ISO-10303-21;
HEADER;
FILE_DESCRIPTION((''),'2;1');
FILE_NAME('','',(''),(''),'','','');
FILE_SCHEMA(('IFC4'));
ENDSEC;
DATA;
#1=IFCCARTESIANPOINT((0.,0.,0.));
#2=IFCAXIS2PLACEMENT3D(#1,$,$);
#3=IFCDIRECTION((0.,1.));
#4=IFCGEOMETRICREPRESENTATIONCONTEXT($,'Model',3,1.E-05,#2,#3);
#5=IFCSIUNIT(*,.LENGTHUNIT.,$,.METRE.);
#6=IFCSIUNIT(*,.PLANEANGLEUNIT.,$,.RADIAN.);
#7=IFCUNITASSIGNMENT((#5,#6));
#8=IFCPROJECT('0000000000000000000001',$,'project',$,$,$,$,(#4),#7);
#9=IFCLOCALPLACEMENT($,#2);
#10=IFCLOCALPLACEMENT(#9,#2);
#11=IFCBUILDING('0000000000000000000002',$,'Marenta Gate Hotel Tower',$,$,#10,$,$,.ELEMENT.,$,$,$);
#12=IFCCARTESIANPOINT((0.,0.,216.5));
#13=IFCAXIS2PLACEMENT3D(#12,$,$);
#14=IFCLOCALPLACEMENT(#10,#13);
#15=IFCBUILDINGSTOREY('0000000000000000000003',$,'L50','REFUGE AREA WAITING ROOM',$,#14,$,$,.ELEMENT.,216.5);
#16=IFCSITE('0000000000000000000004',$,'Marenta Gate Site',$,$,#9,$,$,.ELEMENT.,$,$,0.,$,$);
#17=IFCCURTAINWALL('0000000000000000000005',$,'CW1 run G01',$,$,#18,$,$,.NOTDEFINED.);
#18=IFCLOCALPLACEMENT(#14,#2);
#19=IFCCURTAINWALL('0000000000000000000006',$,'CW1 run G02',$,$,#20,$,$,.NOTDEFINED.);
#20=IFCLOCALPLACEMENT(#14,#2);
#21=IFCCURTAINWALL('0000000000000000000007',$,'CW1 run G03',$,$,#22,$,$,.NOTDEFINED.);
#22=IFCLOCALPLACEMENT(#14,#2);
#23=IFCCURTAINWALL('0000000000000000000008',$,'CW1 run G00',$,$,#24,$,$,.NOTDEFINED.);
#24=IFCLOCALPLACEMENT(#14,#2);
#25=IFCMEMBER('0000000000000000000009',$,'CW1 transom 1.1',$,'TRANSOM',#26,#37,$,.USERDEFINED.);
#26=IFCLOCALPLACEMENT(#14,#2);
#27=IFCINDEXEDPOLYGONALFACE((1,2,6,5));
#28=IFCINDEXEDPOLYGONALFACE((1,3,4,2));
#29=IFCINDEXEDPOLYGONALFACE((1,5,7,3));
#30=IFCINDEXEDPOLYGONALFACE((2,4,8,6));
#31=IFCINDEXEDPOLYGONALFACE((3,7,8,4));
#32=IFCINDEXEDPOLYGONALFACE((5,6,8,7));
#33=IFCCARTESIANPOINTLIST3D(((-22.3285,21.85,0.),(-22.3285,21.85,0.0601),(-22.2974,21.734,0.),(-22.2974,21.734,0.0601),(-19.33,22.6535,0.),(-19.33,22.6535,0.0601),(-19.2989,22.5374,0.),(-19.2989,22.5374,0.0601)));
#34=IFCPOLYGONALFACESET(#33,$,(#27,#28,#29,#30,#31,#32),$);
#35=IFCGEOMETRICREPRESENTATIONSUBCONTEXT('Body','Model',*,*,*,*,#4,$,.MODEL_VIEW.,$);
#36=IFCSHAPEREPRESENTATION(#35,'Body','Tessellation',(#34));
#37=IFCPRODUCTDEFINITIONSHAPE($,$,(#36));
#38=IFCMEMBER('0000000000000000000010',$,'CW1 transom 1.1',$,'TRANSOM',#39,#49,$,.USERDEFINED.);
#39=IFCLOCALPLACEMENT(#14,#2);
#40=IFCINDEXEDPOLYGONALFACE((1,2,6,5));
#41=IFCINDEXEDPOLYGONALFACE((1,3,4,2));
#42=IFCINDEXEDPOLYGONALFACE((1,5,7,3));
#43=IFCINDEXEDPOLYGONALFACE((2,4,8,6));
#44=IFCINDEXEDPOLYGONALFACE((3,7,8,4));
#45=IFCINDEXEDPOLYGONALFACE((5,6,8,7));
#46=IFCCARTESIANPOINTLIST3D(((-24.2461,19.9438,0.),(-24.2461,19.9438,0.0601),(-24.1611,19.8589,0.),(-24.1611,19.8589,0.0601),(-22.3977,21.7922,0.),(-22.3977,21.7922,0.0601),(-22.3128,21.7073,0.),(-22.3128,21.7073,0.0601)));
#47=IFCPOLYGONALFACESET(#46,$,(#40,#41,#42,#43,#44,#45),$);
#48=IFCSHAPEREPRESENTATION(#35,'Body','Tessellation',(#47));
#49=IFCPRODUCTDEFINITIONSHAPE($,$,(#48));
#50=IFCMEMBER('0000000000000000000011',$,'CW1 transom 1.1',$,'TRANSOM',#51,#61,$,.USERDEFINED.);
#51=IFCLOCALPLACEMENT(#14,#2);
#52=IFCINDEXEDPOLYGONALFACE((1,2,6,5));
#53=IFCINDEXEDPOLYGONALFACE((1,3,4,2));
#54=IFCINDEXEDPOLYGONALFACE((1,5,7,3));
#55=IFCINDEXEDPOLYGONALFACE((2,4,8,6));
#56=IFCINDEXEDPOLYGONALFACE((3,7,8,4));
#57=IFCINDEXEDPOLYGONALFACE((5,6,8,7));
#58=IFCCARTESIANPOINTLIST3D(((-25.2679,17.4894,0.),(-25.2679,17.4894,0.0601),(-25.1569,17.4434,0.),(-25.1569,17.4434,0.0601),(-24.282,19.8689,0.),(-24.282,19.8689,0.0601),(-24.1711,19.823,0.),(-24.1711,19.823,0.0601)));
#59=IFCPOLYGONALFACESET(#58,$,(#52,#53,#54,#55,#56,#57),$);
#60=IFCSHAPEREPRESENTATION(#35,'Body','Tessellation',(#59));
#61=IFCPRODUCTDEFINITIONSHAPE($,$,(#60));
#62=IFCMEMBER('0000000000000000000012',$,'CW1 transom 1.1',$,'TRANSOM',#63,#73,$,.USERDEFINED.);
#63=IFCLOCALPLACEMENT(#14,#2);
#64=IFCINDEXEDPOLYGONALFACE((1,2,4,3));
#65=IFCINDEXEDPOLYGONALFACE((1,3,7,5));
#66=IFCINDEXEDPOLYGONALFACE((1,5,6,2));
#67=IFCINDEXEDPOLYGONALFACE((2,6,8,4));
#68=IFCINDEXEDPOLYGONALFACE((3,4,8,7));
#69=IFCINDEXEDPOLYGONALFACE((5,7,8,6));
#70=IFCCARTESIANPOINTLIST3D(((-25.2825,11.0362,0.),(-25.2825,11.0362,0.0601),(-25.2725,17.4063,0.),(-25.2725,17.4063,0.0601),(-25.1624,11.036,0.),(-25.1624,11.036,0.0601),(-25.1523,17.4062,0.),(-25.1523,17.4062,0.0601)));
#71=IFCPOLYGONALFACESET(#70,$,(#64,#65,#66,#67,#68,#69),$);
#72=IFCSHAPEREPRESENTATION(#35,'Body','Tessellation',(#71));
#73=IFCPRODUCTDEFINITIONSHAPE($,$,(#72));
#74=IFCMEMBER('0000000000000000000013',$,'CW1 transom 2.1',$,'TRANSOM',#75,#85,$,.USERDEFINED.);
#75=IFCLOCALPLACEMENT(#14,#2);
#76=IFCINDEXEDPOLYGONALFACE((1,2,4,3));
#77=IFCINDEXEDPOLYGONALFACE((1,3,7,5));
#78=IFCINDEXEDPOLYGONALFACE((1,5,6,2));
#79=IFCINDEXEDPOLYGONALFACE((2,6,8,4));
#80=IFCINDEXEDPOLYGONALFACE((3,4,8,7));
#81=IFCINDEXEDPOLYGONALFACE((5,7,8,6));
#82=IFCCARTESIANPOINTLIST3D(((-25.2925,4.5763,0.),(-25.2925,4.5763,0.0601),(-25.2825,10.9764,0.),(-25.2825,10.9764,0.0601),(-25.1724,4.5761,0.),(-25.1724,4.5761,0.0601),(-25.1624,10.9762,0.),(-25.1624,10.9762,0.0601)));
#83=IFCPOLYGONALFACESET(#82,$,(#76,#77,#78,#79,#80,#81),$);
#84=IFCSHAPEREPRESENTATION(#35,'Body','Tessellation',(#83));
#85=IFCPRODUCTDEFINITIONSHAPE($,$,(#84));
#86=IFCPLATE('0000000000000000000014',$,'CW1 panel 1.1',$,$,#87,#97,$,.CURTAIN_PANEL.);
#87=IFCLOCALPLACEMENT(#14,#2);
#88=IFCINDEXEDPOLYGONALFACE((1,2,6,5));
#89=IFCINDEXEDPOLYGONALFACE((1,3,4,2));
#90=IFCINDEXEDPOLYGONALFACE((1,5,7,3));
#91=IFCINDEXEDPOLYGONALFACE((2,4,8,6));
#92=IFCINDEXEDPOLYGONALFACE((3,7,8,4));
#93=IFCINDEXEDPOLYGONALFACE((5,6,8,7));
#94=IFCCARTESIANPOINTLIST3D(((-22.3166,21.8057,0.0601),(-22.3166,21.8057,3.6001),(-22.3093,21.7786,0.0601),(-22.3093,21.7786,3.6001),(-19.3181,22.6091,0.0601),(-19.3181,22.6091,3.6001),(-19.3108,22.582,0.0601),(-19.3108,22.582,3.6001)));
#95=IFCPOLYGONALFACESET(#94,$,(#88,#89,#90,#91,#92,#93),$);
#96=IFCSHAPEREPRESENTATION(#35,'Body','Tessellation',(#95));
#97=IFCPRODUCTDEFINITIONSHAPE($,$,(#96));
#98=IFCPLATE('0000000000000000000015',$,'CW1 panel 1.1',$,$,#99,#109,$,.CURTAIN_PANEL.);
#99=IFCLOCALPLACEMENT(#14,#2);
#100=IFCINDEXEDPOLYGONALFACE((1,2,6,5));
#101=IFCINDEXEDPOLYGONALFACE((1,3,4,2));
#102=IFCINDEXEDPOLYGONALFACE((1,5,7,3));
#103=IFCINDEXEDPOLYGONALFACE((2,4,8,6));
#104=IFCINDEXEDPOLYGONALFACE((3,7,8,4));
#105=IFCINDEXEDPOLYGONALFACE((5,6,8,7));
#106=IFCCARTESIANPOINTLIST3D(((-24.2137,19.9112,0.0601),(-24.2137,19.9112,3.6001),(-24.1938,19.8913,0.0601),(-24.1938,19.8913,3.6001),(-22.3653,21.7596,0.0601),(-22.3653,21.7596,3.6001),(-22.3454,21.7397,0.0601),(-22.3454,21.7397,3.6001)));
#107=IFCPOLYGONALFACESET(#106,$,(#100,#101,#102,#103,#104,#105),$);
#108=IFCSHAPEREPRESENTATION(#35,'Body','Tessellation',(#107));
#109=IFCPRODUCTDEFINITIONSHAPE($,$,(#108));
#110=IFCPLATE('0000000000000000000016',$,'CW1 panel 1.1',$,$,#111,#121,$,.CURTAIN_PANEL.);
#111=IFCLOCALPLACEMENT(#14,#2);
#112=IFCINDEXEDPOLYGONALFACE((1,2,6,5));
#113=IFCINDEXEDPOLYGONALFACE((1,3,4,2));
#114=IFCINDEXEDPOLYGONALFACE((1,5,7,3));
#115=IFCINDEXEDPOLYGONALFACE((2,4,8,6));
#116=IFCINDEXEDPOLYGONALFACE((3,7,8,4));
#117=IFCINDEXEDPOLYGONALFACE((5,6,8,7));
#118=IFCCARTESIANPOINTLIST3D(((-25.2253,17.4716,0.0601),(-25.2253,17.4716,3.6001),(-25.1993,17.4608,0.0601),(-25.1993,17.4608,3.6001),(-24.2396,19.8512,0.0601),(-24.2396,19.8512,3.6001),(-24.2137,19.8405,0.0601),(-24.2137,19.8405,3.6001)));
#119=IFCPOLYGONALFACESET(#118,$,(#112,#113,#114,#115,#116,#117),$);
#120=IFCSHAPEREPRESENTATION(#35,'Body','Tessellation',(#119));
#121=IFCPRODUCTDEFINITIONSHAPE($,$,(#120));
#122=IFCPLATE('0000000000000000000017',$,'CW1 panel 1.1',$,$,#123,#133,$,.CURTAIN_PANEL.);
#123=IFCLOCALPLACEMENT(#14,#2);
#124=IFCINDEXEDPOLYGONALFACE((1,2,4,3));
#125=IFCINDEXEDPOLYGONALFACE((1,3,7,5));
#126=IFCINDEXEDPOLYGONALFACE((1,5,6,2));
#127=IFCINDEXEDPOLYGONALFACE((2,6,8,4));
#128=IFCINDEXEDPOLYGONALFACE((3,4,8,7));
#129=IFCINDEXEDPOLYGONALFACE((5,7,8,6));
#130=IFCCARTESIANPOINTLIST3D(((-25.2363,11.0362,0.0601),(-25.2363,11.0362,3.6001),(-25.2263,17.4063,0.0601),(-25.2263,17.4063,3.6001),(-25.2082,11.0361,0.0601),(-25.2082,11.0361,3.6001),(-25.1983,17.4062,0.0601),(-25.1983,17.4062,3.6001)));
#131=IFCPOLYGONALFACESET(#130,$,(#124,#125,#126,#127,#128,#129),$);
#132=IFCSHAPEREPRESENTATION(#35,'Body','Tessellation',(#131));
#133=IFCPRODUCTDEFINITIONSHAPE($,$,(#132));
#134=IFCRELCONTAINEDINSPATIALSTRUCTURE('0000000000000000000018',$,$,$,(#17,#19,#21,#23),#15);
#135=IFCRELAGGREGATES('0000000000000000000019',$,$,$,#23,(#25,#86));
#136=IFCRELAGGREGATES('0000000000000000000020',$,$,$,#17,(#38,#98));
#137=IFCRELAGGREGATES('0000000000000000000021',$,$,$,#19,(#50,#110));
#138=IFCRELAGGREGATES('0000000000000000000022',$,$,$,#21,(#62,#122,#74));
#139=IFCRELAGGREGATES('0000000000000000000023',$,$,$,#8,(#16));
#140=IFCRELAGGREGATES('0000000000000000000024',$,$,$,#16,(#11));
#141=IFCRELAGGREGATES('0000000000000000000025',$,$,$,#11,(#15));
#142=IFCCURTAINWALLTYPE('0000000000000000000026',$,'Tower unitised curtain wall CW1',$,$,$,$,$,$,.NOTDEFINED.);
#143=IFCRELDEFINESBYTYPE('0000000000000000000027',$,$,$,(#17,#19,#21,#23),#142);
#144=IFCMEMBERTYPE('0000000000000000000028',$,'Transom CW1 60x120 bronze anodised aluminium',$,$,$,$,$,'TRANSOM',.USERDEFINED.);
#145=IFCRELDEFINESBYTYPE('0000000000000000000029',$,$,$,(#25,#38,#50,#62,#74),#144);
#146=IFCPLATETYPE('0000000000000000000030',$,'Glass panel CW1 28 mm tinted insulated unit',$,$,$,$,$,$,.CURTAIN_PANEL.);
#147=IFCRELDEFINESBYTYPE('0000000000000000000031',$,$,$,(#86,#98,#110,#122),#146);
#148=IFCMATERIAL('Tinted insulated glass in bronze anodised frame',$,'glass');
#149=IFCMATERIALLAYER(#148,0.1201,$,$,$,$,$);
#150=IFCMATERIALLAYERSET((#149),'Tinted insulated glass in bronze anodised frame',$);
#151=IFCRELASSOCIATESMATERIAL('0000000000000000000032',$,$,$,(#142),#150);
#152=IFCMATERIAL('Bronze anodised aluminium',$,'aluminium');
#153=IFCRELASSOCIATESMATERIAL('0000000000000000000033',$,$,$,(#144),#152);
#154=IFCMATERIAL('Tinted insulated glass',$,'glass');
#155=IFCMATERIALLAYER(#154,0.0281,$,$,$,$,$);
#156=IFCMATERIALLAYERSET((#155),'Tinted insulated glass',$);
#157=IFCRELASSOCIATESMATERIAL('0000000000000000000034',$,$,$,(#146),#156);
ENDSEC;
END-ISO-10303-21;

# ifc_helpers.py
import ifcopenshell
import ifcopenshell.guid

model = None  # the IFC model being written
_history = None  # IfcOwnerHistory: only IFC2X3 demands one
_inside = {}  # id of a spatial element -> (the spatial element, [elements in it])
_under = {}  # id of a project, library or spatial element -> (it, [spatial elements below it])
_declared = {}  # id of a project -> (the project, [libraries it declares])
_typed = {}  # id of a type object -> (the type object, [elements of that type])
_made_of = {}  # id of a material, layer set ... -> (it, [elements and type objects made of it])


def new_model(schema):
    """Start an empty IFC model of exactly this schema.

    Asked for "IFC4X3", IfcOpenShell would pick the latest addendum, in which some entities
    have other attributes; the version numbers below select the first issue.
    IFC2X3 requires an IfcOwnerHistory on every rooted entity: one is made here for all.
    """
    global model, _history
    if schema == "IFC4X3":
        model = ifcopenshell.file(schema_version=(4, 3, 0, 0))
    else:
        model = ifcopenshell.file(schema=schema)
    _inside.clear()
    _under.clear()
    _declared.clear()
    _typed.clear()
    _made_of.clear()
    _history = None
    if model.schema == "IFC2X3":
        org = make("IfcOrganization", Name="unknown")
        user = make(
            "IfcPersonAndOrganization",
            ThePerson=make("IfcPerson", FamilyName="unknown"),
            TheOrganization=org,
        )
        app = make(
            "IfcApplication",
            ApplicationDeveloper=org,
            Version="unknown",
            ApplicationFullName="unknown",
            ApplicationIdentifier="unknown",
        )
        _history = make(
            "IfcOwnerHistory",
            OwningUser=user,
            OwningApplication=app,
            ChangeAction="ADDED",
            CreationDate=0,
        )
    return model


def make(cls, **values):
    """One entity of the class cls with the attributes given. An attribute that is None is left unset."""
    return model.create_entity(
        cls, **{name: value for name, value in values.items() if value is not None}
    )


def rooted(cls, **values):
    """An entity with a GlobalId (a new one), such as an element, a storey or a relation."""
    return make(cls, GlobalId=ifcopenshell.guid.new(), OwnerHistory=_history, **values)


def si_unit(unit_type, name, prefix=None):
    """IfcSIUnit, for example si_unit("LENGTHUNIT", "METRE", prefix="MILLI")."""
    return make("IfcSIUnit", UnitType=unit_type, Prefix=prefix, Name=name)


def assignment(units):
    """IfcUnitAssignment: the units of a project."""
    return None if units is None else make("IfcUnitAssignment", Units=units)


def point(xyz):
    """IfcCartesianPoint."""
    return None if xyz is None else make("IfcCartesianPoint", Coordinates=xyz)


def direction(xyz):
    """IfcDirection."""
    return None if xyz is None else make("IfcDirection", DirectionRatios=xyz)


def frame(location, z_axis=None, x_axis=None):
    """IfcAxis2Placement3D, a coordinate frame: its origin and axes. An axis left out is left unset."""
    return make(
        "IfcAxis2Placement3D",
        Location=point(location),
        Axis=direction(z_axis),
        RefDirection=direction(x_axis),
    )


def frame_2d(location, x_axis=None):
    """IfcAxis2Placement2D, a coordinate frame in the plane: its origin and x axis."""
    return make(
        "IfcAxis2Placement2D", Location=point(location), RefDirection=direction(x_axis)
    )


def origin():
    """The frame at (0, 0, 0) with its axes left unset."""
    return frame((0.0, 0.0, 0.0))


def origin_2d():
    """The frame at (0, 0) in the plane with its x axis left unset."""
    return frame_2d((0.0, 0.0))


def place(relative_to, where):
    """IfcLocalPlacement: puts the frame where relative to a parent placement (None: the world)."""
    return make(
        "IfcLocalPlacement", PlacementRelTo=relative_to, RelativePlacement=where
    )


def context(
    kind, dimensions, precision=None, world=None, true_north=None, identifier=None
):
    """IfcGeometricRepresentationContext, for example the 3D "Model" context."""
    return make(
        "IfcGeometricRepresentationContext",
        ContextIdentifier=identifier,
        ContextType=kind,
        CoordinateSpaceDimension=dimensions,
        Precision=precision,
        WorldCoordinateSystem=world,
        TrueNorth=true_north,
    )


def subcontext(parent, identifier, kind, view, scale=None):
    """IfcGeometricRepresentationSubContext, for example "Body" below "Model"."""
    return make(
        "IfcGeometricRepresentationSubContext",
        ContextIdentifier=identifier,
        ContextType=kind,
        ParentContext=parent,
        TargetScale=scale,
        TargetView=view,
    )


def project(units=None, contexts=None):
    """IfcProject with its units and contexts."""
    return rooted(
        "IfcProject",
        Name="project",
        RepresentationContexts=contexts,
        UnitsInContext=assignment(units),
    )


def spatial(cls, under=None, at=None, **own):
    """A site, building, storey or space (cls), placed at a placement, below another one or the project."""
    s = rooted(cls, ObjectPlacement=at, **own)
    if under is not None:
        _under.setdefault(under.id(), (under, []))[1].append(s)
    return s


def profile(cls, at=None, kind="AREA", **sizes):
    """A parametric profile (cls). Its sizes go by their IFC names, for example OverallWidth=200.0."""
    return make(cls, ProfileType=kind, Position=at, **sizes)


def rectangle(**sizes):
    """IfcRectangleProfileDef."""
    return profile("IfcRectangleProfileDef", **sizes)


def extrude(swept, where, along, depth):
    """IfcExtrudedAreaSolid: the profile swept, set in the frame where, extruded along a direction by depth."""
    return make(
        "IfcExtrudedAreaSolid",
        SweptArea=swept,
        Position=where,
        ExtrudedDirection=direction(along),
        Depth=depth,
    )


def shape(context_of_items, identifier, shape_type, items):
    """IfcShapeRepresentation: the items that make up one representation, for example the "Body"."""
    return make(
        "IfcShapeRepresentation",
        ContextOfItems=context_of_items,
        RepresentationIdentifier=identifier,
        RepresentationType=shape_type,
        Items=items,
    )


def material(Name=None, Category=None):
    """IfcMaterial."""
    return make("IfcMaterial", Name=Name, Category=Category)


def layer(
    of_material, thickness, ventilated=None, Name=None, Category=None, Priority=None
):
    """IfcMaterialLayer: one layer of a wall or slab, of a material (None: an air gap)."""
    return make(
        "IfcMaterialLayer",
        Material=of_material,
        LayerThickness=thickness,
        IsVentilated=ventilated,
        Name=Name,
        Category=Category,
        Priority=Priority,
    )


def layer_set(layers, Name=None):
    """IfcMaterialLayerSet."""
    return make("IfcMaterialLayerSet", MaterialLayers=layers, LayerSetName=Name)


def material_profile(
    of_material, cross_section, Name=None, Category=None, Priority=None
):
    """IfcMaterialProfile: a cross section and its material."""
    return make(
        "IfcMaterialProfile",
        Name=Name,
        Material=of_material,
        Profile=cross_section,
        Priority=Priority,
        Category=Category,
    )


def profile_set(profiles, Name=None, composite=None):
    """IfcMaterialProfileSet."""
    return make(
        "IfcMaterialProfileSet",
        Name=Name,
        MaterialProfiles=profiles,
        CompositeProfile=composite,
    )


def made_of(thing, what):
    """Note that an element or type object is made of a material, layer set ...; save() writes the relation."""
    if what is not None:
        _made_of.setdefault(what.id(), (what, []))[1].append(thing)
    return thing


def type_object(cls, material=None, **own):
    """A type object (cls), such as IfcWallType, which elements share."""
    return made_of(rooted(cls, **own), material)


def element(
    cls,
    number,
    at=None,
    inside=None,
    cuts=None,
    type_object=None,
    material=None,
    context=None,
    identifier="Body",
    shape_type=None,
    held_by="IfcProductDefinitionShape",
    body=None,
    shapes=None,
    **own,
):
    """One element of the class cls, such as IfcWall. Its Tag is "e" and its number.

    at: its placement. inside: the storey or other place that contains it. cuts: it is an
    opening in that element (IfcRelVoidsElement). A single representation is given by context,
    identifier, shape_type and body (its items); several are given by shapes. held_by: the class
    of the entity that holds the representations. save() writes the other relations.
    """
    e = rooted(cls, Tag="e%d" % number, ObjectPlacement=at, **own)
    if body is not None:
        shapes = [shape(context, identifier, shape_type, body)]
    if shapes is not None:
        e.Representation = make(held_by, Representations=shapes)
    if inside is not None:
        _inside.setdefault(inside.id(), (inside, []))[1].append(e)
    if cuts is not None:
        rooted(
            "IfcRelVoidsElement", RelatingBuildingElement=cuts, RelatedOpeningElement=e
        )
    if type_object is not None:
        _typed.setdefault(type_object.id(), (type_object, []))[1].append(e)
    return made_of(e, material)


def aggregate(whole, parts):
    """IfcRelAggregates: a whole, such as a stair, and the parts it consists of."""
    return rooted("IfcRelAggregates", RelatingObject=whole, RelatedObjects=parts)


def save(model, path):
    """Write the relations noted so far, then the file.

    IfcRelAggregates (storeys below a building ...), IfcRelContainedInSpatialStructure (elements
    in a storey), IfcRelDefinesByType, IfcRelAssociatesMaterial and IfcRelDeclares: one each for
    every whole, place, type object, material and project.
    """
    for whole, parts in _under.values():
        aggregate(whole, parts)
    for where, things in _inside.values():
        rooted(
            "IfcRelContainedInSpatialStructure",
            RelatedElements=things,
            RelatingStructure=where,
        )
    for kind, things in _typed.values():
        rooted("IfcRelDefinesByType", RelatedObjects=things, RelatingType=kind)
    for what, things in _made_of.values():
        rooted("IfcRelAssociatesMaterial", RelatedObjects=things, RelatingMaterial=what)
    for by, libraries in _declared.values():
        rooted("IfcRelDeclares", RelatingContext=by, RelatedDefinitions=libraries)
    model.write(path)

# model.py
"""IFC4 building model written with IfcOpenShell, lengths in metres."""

from ifc_helpers import new_model, si_unit, direction, frame, origin, origin_2d, place, context, subcontext, project, spatial, rectangle, extrude, material, layer, layer_set, material_profile, profile_set, type_object, element, aggregate, save


model = new_model("IFC4")

# Units and contexts
model_context = context("Model", 3, precision=1e-05, world=origin(), true_north=direction((0.0, 1.0)))
body_context = subcontext(model_context, "Body", "Model", "MODEL_VIEW")
ifc_project = project(units=[si_unit("LENGTHUNIT", "METRE"), si_unit("PLANEANGLEUNIT", "RADIAN")], contexts=[model_context])

# Site, building, storey
site_placement = place(None, origin())
site = spatial("IfcSite", under=ifc_project, at=site_placement, Name="Marenta Gate Site", CompositionType="ELEMENT", RefElevation=0.0)
building_placement = place(site_placement, origin())
building = spatial("IfcBuilding", under=site, at=building_placement, Name="Marenta Gate Hotel Tower", CompositionType="ELEMENT")
storey_placement = place(building_placement, frame((0.0, 0.0, 216.5)))
storey = spatial("IfcBuildingStorey", under=building, at=storey_placement, Name="L50", Description="REFUGE AREA WAITING ROOM", CompositionType="ELEMENT", Elevation=216.5)

# Curtain walls
ifc_material_1 = material(Name="Tinted insulated glass in bronze anodised frame", Category="glass")
ifc_layer_1 = layer(ifc_material_1, 0.1201)
ifc_layer_set_1 = layer_set([ifc_layer_1], Name="Tinted insulated glass in bronze anodised frame")
curtain_wall_type = type_object("IfcCurtainWallType", Name="Tower unitised curtain wall CW1", PredefinedType="NOTDEFINED", material=ifc_layer_set_1)
curtain_wall_1_placement = place(storey_placement, origin())
curtain_wall_1 = element("IfcCurtainWall", 1, at=curtain_wall_1_placement, inside=storey, type_object=curtain_wall_type, Name="CW1 run G01", PredefinedType="NOTDEFINED")
curtain_wall_2_placement = place(storey_placement, origin())
curtain_wall_2 = element("IfcCurtainWall", 2, at=curtain_wall_2_placement, inside=storey, type_object=curtain_wall_type, Name="CW1 run G02", PredefinedType="NOTDEFINED")

# Curtain wall
curtain_wall_3_placement = place(storey_placement, origin())
curtain_wall_3 = element("IfcCurtainWall", 3, at=curtain_wall_3_placement, inside=storey, type_object=curtain_wall_type, Name="CW1 run G03", PredefinedType="NOTDEFINED")

# Curtain wall, member
curtain_wall_4_placement = place(storey_placement, origin())
curtain_wall_4 = element("IfcCurtainWall", 4, at=curtain_wall_4_placement, inside=storey, type_object=curtain_wall_type, Name="CW1 run G00", PredefinedType="NOTDEFINED")
ifc_material_2 = material(Name="Bronze anodised aluminium", Category="aluminium")
ifc_material_profile_1 = material_profile(ifc_material_2, rectangle(XDim=0.1201, YDim=0.0601, at=origin_2d()), Name="Transom CW1 60x120 bronze anodised aluminium")
ifc_profile_set_1 = profile_set([ifc_material_profile_1], Name="Bronze anodised aluminium")
member_type_1 = type_object("IfcMemberType", Name="Transom CW1 60x120 bronze anodised aluminium", ElementType="TRANSOM", PredefinedType="USERDEFINED", material=ifc_profile_set_1)
member_1_placement = place(storey_placement, frame((-19.3145, 22.5955, 0.03), z_axis=(-0.965925, -0.258823, 0.0), x_axis=(0.258823, -0.965925, 0.0)))
member_1 = element("IfcMember", 5, at=member_1_placement, type_object=member_type_1, Name="CW1 transom 1.1", ObjectType="TRANSOM", PredefinedType="USERDEFINED", context=body_context, shape_type="SweptSolid", body=[
    extrude(rectangle(XDim=0.1201, YDim=0.0601, at=origin_2d()), origin(), (0.0, 0.0, 1.0), 3.1042),
])

# Members
member_2_placement = place(storey_placement, frame((-22.3552, 21.7498, 0.03), z_axis=(-0.707107, -0.707107, 0.0), x_axis=(0.707107, -0.707107, 0.0)))
member_2 = element("IfcMember", 6, at=member_2_placement, type_object=member_type_1, Name="CW1 transom 1.1", ObjectType="TRANSOM", PredefinedType="USERDEFINED", context=body_context, shape_type="SweptSolid", body=[
    extrude(rectangle(XDim=0.1201, YDim=0.0601, at=origin_2d()), origin(), (0.0, 0.0, 1.0), 2.614),
])
member_3_placement = place(storey_placement, frame((-24.2266, 19.8459, 0.03), z_axis=(-0.382737, -0.923857, 0.0), x_axis=(0.923857, -0.382737, 0.0)))
member_3 = element("IfcMember", 7, at=member_3_placement, type_object=member_type_1, Name="CW1 transom 1.1", ObjectType="TRANSOM", PredefinedType="USERDEFINED", context=body_context, shape_type="SweptSolid", body=[
    extrude(rectangle(XDim=0.1201, YDim=0.0601, at=origin_2d()), origin(), (0.0, 0.0, 1.0), 2.5757),
])
member_4_placement = place(storey_placement, frame((-25.2124, 17.4062, 0.03), z_axis=(-0.001571, -0.999999, 0.0), x_axis=(0.999999, -0.001571, 0.0)))
member_4 = element("IfcMember", 8, at=member_4_placement, type_object=member_type_1, Name="CW1 transom 1.1", ObjectType="TRANSOM", PredefinedType="USERDEFINED", context=body_context, shape_type="SweptSolid", body=[
    extrude(rectangle(XDim=0.1201, YDim=0.0601, at=origin_2d()), origin(), (0.0, 0.0, 1.0), 6.3701),
])
member_5_placement = place(storey_placement, frame((-25.2224, 10.9763, 0.03), z_axis=(-0.001564, -0.999999, 0.0), x_axis=(0.999999, -0.001564, 0.0)))
member_5 = element("IfcMember", 9, at=member_5_placement, type_object=member_type_1, Name="CW1 transom 2.1", ObjectType="TRANSOM", PredefinedType="USERDEFINED", context=body_context, shape_type="SweptSolid", body=[
    extrude(rectangle(XDim=0.1201, YDim=0.0601, at=origin_2d()), origin(), (0.0, 0.0, 1.0), 6.4001),
])

# Plates
ifc_material_3 = material(Name="Tinted insulated glass", Category="glass")
ifc_layer_2 = layer(ifc_material_3, 0.0281)
ifc_layer_set_2 = layer_set([ifc_layer_2], Name="Tinted insulated glass")
plate_type = type_object("IfcPlateType", Name="Glass panel CW1 28 mm tinted insulated unit", PredefinedType="CURTAIN_PANEL", material=ifc_layer_set_2)
plate_1_placement = place(storey_placement, frame((-20.8137, 22.1938, 0.0601), z_axis=(0.0, 0.0, 1.0), x_axis=(-0.965931, -0.258801, 0.0)))
plate_1 = element("IfcPlate", 10, at=plate_1_placement, type_object=plate_type, Name="CW1 panel 1.1", PredefinedType="CURTAIN_PANEL", context=body_context, shape_type="SweptSolid", body=[
    extrude(rectangle(XDim=3.1042, YDim=0.0281, at=origin_2d()), origin(), (0.0, 0.0, 1.0), 3.54),
])
aggregate(curtain_wall_4, [member_1, plate_1])
plate_2_placement = place(storey_placement, frame((-23.2795, 20.8254, 0.0601), z_axis=(0.0, 0.0, 1.0), x_axis=(-0.707107, -0.707107, 0.0)))
plate_2 = element("IfcPlate", 11, at=plate_2_placement, type_object=plate_type, Name="CW1 panel 1.1", PredefinedType="CURTAIN_PANEL", context=body_context, shape_type="SweptSolid", body=[
    extrude(rectangle(XDim=2.614, YDim=0.0281, at=origin_2d()), origin(), (0.0, 0.0, 1.0), 3.54),
])
aggregate(curtain_wall_1, [member_2, plate_2])
plate_3_placement = place(storey_placement, frame((-24.7195, 18.656, 0.0601), z_axis=(0.0, 0.0, 1.0), x_axis=(-0.382667, -0.923886, 0.0)))
plate_3 = element("IfcPlate", 12, at=plate_3_placement, type_object=plate_type, Name="CW1 panel 1.1", PredefinedType="CURTAIN_PANEL", context=body_context, shape_type="SweptSolid", body=[
    extrude(rectangle(XDim=2.5757, YDim=0.0281, at=origin_2d()), origin(), (0.0, 0.0, 1.0), 3.54),
])
aggregate(curtain_wall_2, [member_3, plate_3])
plate_4_placement = place(storey_placement, frame((-25.2173, 14.2212, 0.0601), z_axis=(0.0, 0.0, 1.0), x_axis=(-0.001566, -0.999999, 0.0)))
plate_4 = element("IfcPlate", 13, at=plate_4_placement, type_object=plate_type, Name="CW1 panel 1.1", PredefinedType="CURTAIN_PANEL", context=body_context, shape_type="SweptSolid", body=[
    extrude(rectangle(XDim=6.3701, YDim=0.0281, at=origin_2d()), origin(), (0.0, 0.0, 1.0), 3.54),
])
aggregate(curtain_wall_3, [member_4, plate_4, member_5])

save(model, "model.ifc")
